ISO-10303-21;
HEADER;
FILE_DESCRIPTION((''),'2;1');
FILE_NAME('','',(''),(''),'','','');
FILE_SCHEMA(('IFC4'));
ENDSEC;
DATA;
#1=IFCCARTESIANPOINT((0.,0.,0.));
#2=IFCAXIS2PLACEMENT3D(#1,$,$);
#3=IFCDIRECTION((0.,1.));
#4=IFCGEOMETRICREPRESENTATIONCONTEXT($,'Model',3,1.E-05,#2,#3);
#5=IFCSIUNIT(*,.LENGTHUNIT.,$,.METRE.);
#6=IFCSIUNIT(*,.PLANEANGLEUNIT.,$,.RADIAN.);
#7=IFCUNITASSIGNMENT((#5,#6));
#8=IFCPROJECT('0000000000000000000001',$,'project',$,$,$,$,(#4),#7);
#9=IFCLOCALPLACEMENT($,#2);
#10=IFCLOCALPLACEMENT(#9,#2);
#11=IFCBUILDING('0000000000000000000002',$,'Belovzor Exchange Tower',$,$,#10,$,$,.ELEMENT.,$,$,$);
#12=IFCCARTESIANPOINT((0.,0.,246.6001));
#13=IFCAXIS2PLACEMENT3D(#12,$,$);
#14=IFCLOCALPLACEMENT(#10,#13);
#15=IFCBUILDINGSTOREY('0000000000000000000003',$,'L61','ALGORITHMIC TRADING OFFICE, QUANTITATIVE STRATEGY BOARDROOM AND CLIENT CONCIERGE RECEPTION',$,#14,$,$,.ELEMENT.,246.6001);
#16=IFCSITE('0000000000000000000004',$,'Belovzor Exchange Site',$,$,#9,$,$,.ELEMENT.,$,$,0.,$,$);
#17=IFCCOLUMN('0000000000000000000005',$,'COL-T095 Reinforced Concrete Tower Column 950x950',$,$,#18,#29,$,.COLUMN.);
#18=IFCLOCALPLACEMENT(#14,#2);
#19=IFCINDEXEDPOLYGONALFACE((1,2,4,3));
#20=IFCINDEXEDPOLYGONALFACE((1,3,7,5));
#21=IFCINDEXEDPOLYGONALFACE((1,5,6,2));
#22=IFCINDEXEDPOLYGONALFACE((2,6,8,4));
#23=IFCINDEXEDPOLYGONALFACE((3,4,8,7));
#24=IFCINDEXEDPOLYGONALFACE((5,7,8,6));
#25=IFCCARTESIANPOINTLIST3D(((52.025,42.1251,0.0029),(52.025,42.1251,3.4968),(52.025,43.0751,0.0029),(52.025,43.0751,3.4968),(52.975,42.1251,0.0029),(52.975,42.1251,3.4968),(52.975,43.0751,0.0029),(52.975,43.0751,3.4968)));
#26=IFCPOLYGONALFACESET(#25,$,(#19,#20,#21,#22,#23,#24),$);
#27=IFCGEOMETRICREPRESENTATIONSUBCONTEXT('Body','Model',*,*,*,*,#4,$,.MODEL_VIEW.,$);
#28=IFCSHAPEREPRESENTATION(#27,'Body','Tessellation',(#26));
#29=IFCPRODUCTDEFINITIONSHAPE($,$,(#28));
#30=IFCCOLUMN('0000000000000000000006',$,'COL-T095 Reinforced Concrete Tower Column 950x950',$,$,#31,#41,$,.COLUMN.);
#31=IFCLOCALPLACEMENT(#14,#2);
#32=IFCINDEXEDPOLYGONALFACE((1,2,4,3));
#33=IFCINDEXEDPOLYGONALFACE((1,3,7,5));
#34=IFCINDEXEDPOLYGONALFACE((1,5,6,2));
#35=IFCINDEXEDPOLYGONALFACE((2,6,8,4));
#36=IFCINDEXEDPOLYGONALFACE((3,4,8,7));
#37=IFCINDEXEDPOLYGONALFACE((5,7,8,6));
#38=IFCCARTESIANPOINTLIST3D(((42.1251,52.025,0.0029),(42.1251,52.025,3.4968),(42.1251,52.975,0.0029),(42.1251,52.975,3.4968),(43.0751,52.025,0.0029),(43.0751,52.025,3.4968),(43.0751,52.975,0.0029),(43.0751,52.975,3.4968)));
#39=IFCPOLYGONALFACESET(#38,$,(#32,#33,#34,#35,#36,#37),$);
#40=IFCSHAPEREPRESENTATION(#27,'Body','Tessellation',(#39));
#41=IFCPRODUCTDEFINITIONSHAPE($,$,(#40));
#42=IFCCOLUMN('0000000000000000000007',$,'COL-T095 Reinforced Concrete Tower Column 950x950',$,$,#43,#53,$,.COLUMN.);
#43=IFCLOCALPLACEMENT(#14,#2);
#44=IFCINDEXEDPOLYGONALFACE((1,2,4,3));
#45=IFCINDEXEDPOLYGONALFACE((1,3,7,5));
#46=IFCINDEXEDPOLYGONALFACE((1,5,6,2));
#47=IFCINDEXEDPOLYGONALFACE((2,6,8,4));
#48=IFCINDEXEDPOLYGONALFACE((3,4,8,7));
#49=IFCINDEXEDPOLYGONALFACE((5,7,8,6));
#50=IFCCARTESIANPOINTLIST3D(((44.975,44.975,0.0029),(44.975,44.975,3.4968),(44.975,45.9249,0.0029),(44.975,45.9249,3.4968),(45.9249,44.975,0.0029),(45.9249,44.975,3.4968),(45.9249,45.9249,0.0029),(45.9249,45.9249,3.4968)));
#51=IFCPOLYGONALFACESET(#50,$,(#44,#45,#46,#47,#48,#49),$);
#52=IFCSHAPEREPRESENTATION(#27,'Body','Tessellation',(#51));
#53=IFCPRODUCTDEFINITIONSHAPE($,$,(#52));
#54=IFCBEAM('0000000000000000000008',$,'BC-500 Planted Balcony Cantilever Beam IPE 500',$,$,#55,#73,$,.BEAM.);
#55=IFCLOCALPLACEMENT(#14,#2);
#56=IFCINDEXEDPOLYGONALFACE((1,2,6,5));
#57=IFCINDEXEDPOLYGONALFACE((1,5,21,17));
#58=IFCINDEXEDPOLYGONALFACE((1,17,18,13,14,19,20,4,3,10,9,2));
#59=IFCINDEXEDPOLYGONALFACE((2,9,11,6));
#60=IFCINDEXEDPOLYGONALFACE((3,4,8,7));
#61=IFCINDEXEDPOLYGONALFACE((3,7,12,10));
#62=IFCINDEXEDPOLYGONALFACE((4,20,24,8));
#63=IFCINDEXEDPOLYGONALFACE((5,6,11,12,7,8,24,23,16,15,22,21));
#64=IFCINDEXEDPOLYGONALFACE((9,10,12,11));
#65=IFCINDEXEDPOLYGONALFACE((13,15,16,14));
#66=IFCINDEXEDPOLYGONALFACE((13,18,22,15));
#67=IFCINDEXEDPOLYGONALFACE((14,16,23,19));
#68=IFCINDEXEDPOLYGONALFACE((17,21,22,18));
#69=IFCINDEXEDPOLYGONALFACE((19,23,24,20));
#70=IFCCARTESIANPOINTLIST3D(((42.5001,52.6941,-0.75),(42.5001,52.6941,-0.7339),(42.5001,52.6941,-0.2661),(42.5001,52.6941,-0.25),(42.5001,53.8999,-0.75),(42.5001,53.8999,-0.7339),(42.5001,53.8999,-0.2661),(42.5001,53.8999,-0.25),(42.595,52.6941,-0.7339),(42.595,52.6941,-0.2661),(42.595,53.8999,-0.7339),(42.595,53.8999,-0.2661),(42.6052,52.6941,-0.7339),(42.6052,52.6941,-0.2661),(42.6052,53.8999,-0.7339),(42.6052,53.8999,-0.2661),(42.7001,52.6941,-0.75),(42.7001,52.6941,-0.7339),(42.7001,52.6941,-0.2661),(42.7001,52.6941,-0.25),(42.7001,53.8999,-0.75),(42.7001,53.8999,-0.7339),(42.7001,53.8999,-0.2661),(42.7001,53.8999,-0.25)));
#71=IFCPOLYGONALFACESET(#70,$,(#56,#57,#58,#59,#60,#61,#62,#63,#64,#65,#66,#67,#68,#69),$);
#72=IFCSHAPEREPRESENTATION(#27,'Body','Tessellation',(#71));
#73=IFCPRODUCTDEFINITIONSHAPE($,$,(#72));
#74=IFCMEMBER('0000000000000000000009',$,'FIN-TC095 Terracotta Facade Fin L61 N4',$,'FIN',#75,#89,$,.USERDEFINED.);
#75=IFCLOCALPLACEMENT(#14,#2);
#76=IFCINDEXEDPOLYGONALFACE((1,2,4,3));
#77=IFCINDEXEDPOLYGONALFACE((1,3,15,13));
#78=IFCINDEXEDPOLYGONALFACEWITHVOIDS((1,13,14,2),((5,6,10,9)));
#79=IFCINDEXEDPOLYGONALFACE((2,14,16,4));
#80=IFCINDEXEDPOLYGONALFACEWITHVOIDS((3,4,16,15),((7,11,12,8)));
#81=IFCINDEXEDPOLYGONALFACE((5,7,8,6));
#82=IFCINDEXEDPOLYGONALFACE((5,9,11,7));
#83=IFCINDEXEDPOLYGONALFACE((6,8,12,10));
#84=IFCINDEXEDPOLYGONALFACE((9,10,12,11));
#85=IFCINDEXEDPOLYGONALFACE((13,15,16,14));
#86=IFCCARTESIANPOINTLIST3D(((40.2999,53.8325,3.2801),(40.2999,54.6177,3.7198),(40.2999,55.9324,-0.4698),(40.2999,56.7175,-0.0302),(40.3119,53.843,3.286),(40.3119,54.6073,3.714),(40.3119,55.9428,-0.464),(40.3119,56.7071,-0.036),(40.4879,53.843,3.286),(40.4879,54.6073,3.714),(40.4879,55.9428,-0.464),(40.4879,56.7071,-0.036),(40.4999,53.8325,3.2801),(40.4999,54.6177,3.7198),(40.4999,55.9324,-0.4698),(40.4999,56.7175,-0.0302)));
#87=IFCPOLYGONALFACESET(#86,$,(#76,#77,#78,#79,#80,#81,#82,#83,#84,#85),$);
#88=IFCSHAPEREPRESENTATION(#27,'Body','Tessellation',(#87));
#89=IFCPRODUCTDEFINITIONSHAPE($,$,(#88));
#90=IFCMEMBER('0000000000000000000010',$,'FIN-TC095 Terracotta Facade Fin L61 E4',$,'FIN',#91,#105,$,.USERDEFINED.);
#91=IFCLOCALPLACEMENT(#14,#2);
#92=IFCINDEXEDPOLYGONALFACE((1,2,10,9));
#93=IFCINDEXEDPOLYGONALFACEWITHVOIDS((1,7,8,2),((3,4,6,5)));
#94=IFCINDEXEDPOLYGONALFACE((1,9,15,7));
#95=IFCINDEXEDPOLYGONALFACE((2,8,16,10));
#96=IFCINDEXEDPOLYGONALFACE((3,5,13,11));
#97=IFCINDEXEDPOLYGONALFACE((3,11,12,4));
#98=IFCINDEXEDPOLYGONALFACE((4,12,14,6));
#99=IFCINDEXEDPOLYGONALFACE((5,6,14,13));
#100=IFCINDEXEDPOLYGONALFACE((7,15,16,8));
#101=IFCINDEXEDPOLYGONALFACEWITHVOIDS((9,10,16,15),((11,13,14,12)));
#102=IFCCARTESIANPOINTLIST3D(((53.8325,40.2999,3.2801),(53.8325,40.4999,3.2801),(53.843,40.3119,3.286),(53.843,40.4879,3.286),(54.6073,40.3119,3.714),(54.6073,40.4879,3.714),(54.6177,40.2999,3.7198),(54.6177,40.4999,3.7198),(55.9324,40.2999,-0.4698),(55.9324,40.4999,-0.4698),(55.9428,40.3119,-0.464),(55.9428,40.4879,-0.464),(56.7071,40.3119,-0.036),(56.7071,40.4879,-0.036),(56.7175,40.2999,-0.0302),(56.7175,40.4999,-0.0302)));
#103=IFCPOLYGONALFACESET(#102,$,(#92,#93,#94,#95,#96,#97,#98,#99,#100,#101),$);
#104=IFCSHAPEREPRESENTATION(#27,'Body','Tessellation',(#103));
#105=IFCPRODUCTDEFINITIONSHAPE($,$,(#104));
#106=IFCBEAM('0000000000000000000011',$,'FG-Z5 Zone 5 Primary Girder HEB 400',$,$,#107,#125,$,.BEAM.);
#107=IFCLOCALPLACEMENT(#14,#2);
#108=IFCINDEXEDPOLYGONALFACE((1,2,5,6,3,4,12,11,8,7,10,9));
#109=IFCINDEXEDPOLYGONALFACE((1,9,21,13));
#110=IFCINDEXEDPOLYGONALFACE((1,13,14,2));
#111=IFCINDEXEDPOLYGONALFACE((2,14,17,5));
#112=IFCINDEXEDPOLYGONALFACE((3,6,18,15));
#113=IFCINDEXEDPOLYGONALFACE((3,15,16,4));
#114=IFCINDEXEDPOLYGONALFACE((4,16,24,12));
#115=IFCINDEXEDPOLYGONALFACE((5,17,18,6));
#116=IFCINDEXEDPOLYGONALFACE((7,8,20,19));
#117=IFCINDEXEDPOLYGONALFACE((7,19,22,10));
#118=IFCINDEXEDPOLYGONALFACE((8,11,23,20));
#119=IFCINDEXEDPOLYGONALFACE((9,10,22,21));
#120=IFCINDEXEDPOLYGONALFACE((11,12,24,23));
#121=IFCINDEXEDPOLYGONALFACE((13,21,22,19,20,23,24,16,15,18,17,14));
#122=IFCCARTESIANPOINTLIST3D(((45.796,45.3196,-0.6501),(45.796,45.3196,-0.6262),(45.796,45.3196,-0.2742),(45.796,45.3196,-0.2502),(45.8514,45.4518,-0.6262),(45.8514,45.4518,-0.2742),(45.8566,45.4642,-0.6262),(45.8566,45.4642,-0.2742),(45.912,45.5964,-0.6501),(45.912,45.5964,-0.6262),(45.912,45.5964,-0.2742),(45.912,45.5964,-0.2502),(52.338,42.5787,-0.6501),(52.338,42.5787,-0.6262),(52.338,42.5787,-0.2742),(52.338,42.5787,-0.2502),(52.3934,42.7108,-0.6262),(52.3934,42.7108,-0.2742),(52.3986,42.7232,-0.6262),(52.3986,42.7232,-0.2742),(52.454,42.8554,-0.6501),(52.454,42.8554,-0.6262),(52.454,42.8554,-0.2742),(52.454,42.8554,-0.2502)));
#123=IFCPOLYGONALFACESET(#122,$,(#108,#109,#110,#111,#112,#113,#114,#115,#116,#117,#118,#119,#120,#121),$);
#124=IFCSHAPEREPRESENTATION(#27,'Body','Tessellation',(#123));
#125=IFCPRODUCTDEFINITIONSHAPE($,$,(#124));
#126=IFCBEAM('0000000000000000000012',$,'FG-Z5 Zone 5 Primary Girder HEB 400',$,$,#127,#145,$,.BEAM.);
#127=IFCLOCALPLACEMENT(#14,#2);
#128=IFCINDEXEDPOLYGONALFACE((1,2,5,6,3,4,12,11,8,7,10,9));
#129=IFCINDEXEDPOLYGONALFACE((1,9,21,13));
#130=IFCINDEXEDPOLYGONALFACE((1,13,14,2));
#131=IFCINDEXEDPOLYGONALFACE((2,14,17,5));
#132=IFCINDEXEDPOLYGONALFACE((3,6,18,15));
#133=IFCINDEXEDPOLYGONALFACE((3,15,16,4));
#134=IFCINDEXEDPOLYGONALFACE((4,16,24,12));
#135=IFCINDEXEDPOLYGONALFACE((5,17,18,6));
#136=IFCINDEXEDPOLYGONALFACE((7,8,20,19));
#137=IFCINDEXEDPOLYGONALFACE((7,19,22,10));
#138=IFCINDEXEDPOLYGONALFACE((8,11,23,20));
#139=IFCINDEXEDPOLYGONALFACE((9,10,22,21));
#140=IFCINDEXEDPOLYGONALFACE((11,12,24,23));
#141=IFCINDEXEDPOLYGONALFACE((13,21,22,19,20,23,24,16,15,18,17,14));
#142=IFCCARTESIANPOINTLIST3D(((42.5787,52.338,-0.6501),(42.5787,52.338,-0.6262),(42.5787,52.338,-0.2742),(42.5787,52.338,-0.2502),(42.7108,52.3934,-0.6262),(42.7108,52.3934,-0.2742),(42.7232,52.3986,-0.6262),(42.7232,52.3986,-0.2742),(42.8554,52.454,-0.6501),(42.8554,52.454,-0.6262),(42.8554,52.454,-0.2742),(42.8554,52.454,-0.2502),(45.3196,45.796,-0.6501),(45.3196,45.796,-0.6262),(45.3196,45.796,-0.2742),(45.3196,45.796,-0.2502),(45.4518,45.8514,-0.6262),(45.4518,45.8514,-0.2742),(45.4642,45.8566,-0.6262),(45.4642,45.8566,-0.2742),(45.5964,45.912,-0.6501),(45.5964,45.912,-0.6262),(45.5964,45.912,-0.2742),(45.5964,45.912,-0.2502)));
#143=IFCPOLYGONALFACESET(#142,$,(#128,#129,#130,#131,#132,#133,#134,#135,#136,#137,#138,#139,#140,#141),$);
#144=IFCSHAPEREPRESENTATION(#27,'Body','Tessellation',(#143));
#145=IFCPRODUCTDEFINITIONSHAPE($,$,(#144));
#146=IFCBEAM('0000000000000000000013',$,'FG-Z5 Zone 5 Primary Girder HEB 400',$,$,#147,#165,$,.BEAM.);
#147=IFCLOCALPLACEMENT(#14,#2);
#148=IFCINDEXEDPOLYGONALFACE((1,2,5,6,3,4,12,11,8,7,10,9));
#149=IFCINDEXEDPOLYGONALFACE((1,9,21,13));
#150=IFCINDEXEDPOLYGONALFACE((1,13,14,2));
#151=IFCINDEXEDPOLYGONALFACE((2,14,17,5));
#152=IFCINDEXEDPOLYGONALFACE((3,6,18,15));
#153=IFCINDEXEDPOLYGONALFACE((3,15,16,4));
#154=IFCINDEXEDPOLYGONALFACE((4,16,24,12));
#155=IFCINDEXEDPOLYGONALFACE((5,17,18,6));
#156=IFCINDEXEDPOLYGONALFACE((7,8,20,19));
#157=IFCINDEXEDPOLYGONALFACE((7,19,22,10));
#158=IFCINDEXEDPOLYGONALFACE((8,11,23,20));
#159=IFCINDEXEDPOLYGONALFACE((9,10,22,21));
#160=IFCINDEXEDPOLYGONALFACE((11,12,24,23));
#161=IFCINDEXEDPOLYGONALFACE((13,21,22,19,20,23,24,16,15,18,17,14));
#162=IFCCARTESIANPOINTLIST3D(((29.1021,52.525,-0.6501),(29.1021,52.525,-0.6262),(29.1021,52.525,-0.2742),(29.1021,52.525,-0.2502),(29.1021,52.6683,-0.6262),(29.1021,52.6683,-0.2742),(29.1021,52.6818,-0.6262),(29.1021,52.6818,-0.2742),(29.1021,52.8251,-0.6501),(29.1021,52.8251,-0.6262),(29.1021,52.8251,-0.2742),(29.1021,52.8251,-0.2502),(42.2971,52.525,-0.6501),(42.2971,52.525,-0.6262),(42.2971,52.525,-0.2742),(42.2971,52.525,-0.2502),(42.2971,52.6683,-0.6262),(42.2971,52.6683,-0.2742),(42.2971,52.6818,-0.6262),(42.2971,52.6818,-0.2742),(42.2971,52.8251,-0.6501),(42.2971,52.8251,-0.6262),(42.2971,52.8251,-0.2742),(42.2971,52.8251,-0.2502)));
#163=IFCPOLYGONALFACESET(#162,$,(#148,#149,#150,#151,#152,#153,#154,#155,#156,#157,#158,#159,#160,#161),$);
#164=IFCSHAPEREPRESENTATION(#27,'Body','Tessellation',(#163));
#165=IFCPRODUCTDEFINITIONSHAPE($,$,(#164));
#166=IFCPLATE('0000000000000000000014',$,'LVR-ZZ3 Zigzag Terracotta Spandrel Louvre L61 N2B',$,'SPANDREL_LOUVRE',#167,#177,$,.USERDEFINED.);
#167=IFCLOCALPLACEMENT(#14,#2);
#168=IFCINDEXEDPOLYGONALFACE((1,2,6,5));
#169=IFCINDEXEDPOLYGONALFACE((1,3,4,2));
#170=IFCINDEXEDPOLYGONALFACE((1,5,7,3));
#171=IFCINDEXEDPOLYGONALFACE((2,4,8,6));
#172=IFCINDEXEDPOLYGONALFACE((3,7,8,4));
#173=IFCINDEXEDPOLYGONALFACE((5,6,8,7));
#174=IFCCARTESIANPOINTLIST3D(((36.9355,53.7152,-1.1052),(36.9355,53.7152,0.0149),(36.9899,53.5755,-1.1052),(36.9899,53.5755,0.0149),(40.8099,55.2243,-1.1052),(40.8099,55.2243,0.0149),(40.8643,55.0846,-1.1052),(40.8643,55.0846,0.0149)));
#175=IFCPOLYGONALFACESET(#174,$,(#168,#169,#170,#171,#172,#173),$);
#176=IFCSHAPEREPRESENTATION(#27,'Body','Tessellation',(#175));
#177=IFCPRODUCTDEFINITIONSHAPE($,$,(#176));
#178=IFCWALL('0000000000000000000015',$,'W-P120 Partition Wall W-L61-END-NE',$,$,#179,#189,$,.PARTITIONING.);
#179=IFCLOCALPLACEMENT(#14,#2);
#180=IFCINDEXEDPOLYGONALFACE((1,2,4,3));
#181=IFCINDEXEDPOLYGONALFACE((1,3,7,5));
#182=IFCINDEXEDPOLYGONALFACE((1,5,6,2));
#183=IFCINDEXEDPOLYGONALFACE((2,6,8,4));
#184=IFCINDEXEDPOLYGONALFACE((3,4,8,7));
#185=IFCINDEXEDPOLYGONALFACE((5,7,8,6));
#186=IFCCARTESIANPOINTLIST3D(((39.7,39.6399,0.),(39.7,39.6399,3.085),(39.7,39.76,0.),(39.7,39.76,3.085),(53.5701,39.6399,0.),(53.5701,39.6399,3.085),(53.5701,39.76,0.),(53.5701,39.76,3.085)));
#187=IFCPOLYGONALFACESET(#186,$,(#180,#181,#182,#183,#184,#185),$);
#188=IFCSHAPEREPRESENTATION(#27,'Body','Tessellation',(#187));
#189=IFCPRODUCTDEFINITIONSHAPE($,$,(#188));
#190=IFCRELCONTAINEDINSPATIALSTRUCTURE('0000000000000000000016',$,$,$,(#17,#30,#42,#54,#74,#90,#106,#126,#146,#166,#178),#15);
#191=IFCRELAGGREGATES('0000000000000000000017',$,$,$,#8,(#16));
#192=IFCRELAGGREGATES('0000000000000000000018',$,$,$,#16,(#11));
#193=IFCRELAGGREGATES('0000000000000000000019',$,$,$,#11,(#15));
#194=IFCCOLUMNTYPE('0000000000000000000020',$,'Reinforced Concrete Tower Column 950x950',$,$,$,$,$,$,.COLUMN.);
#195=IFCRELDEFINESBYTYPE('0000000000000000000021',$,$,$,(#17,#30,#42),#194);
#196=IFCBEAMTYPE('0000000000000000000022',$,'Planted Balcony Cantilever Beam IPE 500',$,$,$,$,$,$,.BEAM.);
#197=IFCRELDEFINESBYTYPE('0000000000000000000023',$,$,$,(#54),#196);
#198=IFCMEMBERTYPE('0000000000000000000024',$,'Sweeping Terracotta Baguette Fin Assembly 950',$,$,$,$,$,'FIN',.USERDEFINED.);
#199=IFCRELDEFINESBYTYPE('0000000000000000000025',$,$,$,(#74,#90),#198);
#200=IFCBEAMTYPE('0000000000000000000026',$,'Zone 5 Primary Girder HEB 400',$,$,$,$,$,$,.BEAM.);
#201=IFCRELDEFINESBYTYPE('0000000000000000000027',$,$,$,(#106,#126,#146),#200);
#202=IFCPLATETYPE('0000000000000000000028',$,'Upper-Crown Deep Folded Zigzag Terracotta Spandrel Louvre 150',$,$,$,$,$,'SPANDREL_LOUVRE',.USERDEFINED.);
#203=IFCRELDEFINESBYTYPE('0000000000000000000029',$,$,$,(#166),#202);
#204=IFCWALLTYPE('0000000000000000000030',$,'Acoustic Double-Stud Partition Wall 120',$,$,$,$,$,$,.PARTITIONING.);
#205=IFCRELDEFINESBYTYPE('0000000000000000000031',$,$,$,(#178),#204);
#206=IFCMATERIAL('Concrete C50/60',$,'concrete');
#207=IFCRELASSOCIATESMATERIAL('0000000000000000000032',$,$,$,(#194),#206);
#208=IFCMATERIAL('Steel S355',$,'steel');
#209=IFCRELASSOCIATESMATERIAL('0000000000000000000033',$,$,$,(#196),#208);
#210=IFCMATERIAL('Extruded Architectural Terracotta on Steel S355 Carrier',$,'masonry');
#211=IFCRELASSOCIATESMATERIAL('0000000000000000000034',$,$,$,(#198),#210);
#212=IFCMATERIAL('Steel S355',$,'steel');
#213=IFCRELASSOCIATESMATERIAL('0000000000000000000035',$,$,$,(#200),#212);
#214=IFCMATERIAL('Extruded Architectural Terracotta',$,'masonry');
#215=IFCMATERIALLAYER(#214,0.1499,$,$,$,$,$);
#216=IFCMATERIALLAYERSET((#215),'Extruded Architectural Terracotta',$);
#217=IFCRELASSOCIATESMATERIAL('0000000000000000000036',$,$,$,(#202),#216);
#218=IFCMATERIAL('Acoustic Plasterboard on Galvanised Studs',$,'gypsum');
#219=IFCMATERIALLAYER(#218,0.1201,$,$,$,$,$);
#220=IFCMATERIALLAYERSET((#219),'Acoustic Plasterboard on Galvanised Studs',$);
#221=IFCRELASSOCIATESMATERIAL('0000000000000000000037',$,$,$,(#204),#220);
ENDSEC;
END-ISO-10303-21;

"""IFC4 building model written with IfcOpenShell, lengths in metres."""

from ifc_helpers import new_model, si_unit, direction, frame, frame_2d, origin, origin_2d, place, context, subcontext, project, spatial, rectangle, hollow_rectangle, i_section, extrude, material, layer, layer_set, material_profile, profile_set, type_object, element, save


model = new_model("IFC4")

# Units and contexts
model_context = context("Model", 3, precision=1e-05, world=origin(), true_north=direction((0.0, 1.0)))
body_context = subcontext(model_context, "Body", "Model", "MODEL_VIEW")
ifc_project = project(units=[si_unit("LENGTHUNIT", "METRE"), si_unit("PLANEANGLEUNIT", "RADIAN")], contexts=[model_context])

# Site, building, storey
site_placement = place(None, origin())
site = spatial("IfcSite", under=ifc_project, at=site_placement, Name="Belovzor Exchange Site", CompositionType="ELEMENT", RefElevation=0.0)
building_placement = place(site_placement, origin())
building = spatial("IfcBuilding", under=site, at=building_placement, Name="Belovzor Exchange Tower", CompositionType="ELEMENT")
storey_placement = place(building_placement, frame((0.0, 0.0, 246.6001)))
storey = spatial("IfcBuildingStorey", under=building, at=storey_placement, Name="L61", Description="ALGORITHMIC TRADING OFFICE, QUANTITATIVE STRATEGY BOARDROOM AND CLIENT CONCIERGE RECEPTION", CompositionType="ELEMENT", Elevation=246.6001)

# Columns
ifc_material_1 = material(Name="Concrete C50/60", Category="concrete")
ifc_material_profile_1 = material_profile(ifc_material_1, rectangle(XDim=0.95, YDim=0.95, at=origin_2d()))
ifc_profile_set_1 = profile_set([ifc_material_profile_1], Name="Concrete C50/60")
column_type = type_object("IfcColumnType", Name="Reinforced Concrete Tower Column 950x950", PredefinedType="COLUMN", material=ifc_profile_set_1)
for number, where, z_axis, x_axis, name in (
    (1, (52.5, 42.6001, 0.0029), (0.0, 0.0, 1.0), (1.0, 0.0, 0.0), "COL-T095 Reinforced Concrete Tower Column 950x950"),
    (2, (42.6001, 52.5, 0.0029), (0.0, 0.0, 1.0), (1.0, 0.0, 0.0), "COL-T095 Reinforced Concrete Tower Column 950x950"),
    (3, (45.45, 45.45, 0.0029), (0.0, 0.0, 1.0), (1.0, 0.0, 0.0), "COL-T095 Reinforced Concrete Tower Column 950x950"),
):
    element("IfcColumn", number, at=place(storey_placement, frame(where, z_axis=z_axis, x_axis=x_axis)), inside=storey, type_object=column_type, Name=name, PredefinedType="COLUMN", context=body_context, shape_type="SweptSolid", body=[
        extrude(rectangle(XDim=0.95, YDim=0.95, at=origin_2d()), origin(), (0.0, 0.0, 1.0), 3.4939),
    ])

# Beam
ifc_material_2 = material(Name="Steel S355", Category="steel")
ifc_material_profile_2 = material_profile(ifc_material_2, i_section(OverallWidth=0.2, OverallDepth=0.5, WebThickness=0.0103, FlangeThickness=0.0161, at=origin_2d()))
ifc_profile_set_2 = profile_set([ifc_material_profile_2], Name="Steel S355")
beam_type_1 = type_object("IfcBeamType", Name="Planted Balcony Cantilever Beam IPE 500", PredefinedType="BEAM", material=ifc_profile_set_2)
beam_1_placement = place(storey_placement, frame((42.6001, 52.6941, -0.5), z_axis=(0.0, 1.0, 0.0), x_axis=(-1.0, 0.0, 0.0)))
element("IfcBeam", 4, at=beam_1_placement, inside=storey, type_object=beam_type_1, Name="BC-500 Planted Balcony Cantilever Beam IPE 500", PredefinedType="BEAM", context=body_context, shape_type="SweptSolid", body=[
    extrude(i_section(OverallWidth=0.2, OverallDepth=0.5, WebThickness=0.0103, FlangeThickness=0.0161, at=origin_2d()), origin(), (0.0, 0.0, 1.0), 1.2058),
])

# Members
ifc_material_3 = material(Name="Extruded Architectural Terracotta on Steel S355 Carrier", Category="masonry")
ifc_material_profile_3 = material_profile(ifc_material_3, hollow_rectangle(XDim=0.2, YDim=0.8999, WallThickness=0.012, at=origin_2d()))
ifc_profile_set_3 = profile_set([ifc_material_profile_3], Name="Extruded Architectural Terracotta on Steel S355 Carrier")
member_type = type_object("IfcMemberType", Name="Sweeping Terracotta Baguette Fin Assembly 950", ElementType="FIN", PredefinedType="USERDEFINED", material=ifc_profile_set_3)
for number, where, z_axis, x_axis, name in (
    (5, (40.3999, 56.325, -0.25), (0.0, -0.488577, 0.872521), (1.0, 0.0, 0.0), "FIN-TC095 Terracotta Facade Fin L61 N4"),
    (6, (56.325, 40.3999, -0.25), (-0.488577, 0.0, 0.872521), (0.0, -1.0, 0.0), "FIN-TC095 Terracotta Facade Fin L61 E4"),
):
    element("IfcMember", number, at=place(storey_placement, frame(where, z_axis=z_axis, x_axis=x_axis)), inside=storey, type_object=member_type, Name=name, ObjectType="FIN", PredefinedType="USERDEFINED", context=body_context, shape_type="SweptSolid", body=[
        extrude(hollow_rectangle(XDim=0.2, YDim=0.8999, WallThickness=0.012, at=origin_2d()), origin(), (0.0, 0.0, 1.0), 4.2979),
    ])

# Beams
ifc_material_4 = material(Name="Steel S355", Category="steel")
ifc_material_profile_4 = material_profile(ifc_material_4, i_section(OverallWidth=0.3, OverallDepth=0.3999, WebThickness=0.0134, FlangeThickness=0.0239, at=origin_2d()))
ifc_profile_set_4 = profile_set([ifc_material_profile_4], Name="Steel S355")
beam_type_2 = type_object("IfcBeamType", Name="Zone 5 Primary Girder HEB 400", PredefinedType="BEAM", material=ifc_profile_set_4)
for number, where, z_axis, x_axis, name in (
    (7, (52.396, 42.717, -0.4502), (-0.922317, 0.386433, 0.0), (-0.386433, -0.922317, 0.0), "FG-Z5 Zone 5 Primary Girder HEB 400"),
    (8, (45.458, 45.854, -0.4502), (-0.386433, 0.922317, 0.0), (-0.922317, -0.386433, 0.0), "FG-Z5 Zone 5 Primary Girder HEB 400"),
):
    element("IfcBeam", number, at=place(storey_placement, frame(where, z_axis=z_axis, x_axis=x_axis)), inside=storey, type_object=beam_type_2, Name=name, PredefinedType="BEAM", context=body_context, shape_type="SweptSolid", body=[
        extrude(i_section(OverallWidth=0.3, OverallDepth=0.3999, WebThickness=0.0134, FlangeThickness=0.0239, at=origin_2d()), origin(), (0.0, 0.0, 1.0), 7.093),
    ])
beam_2_placement = place(storey_placement, frame((42.2971, 52.675, -0.4502), z_axis=(-1.0, 0.0, 0.0), x_axis=(0.0, -1.0, 0.0)))
element("IfcBeam", 9, at=beam_2_placement, inside=storey, type_object=beam_type_2, Name="FG-Z5 Zone 5 Primary Girder HEB 400", PredefinedType="BEAM", context=body_context, shape_type="SweptSolid", body=[
    extrude(i_section(OverallWidth=0.3, OverallDepth=0.3999, WebThickness=0.0134, FlangeThickness=0.0239, at=origin_2d()), origin(), (0.0, 0.0, 1.0), 13.1951),
])

# Plate
ifc_material_5 = material(Name="Extruded Architectural Terracotta", Category="masonry")
ifc_layer_1 = layer(ifc_material_5, 0.1499)
ifc_layer_set_1 = layer_set([ifc_layer_1], Name="Extruded Architectural Terracotta")
plate_type = type_object("IfcPlateType", Name="Upper-Crown Deep Folded Zigzag Terracotta Spandrel Louvre 150", ElementType="SPANDREL_LOUVRE", PredefinedType="USERDEFINED", material=ifc_layer_set_1)
plate_placement = place(storey_placement, frame((38.8999, 54.3999, -1.1052), z_axis=(0.0, 0.0, 1.0), x_axis=(0.931818, 0.362926, 0.0)))
element("IfcPlate", 10, at=plate_placement, inside=storey, type_object=plate_type, Name="LVR-ZZ3 Zigzag Terracotta Spandrel Louvre L61 N2B", ObjectType="SPANDREL_LOUVRE", PredefinedType="USERDEFINED", context=body_context, shape_type="SweptSolid", body=[
    extrude(rectangle(XDim=4.158, YDim=0.1499, at=origin_2d()), origin(), (0.0, 0.0, 1.0), 1.1201),
])

# Wall
ifc_material_6 = material(Name="Acoustic Plasterboard on Galvanised Studs", Category="gypsum")
ifc_layer_2 = layer(ifc_material_6, 0.1201)
ifc_layer_set_2 = layer_set([ifc_layer_2], Name="Acoustic Plasterboard on Galvanised Studs")
wall_type_1 = type_object("IfcWallType", Name="Acoustic Double-Stud Partition Wall 120", PredefinedType="PARTITIONING", material=ifc_layer_set_2)
wall_1_placement = place(storey_placement, frame((39.7, 39.7, 0.0), z_axis=(0.0, 0.0, 1.0), x_axis=(1.0, 0.0, 0.0)))
element("IfcWall", 11, at=wall_1_placement, inside=storey, type_object=wall_type_1, Name="W-P120 Partition Wall W-L61-END-NE", PredefinedType="PARTITIONING", context=body_context, shape_type="SweptSolid", body=[
    extrude(rectangle(XDim=13.8701, YDim=0.1201, at=frame_2d((6.9351, 0.0))), origin(), (0.0, 0.0, 1.0), 3.085),
])

save(model, "model.ifc")
